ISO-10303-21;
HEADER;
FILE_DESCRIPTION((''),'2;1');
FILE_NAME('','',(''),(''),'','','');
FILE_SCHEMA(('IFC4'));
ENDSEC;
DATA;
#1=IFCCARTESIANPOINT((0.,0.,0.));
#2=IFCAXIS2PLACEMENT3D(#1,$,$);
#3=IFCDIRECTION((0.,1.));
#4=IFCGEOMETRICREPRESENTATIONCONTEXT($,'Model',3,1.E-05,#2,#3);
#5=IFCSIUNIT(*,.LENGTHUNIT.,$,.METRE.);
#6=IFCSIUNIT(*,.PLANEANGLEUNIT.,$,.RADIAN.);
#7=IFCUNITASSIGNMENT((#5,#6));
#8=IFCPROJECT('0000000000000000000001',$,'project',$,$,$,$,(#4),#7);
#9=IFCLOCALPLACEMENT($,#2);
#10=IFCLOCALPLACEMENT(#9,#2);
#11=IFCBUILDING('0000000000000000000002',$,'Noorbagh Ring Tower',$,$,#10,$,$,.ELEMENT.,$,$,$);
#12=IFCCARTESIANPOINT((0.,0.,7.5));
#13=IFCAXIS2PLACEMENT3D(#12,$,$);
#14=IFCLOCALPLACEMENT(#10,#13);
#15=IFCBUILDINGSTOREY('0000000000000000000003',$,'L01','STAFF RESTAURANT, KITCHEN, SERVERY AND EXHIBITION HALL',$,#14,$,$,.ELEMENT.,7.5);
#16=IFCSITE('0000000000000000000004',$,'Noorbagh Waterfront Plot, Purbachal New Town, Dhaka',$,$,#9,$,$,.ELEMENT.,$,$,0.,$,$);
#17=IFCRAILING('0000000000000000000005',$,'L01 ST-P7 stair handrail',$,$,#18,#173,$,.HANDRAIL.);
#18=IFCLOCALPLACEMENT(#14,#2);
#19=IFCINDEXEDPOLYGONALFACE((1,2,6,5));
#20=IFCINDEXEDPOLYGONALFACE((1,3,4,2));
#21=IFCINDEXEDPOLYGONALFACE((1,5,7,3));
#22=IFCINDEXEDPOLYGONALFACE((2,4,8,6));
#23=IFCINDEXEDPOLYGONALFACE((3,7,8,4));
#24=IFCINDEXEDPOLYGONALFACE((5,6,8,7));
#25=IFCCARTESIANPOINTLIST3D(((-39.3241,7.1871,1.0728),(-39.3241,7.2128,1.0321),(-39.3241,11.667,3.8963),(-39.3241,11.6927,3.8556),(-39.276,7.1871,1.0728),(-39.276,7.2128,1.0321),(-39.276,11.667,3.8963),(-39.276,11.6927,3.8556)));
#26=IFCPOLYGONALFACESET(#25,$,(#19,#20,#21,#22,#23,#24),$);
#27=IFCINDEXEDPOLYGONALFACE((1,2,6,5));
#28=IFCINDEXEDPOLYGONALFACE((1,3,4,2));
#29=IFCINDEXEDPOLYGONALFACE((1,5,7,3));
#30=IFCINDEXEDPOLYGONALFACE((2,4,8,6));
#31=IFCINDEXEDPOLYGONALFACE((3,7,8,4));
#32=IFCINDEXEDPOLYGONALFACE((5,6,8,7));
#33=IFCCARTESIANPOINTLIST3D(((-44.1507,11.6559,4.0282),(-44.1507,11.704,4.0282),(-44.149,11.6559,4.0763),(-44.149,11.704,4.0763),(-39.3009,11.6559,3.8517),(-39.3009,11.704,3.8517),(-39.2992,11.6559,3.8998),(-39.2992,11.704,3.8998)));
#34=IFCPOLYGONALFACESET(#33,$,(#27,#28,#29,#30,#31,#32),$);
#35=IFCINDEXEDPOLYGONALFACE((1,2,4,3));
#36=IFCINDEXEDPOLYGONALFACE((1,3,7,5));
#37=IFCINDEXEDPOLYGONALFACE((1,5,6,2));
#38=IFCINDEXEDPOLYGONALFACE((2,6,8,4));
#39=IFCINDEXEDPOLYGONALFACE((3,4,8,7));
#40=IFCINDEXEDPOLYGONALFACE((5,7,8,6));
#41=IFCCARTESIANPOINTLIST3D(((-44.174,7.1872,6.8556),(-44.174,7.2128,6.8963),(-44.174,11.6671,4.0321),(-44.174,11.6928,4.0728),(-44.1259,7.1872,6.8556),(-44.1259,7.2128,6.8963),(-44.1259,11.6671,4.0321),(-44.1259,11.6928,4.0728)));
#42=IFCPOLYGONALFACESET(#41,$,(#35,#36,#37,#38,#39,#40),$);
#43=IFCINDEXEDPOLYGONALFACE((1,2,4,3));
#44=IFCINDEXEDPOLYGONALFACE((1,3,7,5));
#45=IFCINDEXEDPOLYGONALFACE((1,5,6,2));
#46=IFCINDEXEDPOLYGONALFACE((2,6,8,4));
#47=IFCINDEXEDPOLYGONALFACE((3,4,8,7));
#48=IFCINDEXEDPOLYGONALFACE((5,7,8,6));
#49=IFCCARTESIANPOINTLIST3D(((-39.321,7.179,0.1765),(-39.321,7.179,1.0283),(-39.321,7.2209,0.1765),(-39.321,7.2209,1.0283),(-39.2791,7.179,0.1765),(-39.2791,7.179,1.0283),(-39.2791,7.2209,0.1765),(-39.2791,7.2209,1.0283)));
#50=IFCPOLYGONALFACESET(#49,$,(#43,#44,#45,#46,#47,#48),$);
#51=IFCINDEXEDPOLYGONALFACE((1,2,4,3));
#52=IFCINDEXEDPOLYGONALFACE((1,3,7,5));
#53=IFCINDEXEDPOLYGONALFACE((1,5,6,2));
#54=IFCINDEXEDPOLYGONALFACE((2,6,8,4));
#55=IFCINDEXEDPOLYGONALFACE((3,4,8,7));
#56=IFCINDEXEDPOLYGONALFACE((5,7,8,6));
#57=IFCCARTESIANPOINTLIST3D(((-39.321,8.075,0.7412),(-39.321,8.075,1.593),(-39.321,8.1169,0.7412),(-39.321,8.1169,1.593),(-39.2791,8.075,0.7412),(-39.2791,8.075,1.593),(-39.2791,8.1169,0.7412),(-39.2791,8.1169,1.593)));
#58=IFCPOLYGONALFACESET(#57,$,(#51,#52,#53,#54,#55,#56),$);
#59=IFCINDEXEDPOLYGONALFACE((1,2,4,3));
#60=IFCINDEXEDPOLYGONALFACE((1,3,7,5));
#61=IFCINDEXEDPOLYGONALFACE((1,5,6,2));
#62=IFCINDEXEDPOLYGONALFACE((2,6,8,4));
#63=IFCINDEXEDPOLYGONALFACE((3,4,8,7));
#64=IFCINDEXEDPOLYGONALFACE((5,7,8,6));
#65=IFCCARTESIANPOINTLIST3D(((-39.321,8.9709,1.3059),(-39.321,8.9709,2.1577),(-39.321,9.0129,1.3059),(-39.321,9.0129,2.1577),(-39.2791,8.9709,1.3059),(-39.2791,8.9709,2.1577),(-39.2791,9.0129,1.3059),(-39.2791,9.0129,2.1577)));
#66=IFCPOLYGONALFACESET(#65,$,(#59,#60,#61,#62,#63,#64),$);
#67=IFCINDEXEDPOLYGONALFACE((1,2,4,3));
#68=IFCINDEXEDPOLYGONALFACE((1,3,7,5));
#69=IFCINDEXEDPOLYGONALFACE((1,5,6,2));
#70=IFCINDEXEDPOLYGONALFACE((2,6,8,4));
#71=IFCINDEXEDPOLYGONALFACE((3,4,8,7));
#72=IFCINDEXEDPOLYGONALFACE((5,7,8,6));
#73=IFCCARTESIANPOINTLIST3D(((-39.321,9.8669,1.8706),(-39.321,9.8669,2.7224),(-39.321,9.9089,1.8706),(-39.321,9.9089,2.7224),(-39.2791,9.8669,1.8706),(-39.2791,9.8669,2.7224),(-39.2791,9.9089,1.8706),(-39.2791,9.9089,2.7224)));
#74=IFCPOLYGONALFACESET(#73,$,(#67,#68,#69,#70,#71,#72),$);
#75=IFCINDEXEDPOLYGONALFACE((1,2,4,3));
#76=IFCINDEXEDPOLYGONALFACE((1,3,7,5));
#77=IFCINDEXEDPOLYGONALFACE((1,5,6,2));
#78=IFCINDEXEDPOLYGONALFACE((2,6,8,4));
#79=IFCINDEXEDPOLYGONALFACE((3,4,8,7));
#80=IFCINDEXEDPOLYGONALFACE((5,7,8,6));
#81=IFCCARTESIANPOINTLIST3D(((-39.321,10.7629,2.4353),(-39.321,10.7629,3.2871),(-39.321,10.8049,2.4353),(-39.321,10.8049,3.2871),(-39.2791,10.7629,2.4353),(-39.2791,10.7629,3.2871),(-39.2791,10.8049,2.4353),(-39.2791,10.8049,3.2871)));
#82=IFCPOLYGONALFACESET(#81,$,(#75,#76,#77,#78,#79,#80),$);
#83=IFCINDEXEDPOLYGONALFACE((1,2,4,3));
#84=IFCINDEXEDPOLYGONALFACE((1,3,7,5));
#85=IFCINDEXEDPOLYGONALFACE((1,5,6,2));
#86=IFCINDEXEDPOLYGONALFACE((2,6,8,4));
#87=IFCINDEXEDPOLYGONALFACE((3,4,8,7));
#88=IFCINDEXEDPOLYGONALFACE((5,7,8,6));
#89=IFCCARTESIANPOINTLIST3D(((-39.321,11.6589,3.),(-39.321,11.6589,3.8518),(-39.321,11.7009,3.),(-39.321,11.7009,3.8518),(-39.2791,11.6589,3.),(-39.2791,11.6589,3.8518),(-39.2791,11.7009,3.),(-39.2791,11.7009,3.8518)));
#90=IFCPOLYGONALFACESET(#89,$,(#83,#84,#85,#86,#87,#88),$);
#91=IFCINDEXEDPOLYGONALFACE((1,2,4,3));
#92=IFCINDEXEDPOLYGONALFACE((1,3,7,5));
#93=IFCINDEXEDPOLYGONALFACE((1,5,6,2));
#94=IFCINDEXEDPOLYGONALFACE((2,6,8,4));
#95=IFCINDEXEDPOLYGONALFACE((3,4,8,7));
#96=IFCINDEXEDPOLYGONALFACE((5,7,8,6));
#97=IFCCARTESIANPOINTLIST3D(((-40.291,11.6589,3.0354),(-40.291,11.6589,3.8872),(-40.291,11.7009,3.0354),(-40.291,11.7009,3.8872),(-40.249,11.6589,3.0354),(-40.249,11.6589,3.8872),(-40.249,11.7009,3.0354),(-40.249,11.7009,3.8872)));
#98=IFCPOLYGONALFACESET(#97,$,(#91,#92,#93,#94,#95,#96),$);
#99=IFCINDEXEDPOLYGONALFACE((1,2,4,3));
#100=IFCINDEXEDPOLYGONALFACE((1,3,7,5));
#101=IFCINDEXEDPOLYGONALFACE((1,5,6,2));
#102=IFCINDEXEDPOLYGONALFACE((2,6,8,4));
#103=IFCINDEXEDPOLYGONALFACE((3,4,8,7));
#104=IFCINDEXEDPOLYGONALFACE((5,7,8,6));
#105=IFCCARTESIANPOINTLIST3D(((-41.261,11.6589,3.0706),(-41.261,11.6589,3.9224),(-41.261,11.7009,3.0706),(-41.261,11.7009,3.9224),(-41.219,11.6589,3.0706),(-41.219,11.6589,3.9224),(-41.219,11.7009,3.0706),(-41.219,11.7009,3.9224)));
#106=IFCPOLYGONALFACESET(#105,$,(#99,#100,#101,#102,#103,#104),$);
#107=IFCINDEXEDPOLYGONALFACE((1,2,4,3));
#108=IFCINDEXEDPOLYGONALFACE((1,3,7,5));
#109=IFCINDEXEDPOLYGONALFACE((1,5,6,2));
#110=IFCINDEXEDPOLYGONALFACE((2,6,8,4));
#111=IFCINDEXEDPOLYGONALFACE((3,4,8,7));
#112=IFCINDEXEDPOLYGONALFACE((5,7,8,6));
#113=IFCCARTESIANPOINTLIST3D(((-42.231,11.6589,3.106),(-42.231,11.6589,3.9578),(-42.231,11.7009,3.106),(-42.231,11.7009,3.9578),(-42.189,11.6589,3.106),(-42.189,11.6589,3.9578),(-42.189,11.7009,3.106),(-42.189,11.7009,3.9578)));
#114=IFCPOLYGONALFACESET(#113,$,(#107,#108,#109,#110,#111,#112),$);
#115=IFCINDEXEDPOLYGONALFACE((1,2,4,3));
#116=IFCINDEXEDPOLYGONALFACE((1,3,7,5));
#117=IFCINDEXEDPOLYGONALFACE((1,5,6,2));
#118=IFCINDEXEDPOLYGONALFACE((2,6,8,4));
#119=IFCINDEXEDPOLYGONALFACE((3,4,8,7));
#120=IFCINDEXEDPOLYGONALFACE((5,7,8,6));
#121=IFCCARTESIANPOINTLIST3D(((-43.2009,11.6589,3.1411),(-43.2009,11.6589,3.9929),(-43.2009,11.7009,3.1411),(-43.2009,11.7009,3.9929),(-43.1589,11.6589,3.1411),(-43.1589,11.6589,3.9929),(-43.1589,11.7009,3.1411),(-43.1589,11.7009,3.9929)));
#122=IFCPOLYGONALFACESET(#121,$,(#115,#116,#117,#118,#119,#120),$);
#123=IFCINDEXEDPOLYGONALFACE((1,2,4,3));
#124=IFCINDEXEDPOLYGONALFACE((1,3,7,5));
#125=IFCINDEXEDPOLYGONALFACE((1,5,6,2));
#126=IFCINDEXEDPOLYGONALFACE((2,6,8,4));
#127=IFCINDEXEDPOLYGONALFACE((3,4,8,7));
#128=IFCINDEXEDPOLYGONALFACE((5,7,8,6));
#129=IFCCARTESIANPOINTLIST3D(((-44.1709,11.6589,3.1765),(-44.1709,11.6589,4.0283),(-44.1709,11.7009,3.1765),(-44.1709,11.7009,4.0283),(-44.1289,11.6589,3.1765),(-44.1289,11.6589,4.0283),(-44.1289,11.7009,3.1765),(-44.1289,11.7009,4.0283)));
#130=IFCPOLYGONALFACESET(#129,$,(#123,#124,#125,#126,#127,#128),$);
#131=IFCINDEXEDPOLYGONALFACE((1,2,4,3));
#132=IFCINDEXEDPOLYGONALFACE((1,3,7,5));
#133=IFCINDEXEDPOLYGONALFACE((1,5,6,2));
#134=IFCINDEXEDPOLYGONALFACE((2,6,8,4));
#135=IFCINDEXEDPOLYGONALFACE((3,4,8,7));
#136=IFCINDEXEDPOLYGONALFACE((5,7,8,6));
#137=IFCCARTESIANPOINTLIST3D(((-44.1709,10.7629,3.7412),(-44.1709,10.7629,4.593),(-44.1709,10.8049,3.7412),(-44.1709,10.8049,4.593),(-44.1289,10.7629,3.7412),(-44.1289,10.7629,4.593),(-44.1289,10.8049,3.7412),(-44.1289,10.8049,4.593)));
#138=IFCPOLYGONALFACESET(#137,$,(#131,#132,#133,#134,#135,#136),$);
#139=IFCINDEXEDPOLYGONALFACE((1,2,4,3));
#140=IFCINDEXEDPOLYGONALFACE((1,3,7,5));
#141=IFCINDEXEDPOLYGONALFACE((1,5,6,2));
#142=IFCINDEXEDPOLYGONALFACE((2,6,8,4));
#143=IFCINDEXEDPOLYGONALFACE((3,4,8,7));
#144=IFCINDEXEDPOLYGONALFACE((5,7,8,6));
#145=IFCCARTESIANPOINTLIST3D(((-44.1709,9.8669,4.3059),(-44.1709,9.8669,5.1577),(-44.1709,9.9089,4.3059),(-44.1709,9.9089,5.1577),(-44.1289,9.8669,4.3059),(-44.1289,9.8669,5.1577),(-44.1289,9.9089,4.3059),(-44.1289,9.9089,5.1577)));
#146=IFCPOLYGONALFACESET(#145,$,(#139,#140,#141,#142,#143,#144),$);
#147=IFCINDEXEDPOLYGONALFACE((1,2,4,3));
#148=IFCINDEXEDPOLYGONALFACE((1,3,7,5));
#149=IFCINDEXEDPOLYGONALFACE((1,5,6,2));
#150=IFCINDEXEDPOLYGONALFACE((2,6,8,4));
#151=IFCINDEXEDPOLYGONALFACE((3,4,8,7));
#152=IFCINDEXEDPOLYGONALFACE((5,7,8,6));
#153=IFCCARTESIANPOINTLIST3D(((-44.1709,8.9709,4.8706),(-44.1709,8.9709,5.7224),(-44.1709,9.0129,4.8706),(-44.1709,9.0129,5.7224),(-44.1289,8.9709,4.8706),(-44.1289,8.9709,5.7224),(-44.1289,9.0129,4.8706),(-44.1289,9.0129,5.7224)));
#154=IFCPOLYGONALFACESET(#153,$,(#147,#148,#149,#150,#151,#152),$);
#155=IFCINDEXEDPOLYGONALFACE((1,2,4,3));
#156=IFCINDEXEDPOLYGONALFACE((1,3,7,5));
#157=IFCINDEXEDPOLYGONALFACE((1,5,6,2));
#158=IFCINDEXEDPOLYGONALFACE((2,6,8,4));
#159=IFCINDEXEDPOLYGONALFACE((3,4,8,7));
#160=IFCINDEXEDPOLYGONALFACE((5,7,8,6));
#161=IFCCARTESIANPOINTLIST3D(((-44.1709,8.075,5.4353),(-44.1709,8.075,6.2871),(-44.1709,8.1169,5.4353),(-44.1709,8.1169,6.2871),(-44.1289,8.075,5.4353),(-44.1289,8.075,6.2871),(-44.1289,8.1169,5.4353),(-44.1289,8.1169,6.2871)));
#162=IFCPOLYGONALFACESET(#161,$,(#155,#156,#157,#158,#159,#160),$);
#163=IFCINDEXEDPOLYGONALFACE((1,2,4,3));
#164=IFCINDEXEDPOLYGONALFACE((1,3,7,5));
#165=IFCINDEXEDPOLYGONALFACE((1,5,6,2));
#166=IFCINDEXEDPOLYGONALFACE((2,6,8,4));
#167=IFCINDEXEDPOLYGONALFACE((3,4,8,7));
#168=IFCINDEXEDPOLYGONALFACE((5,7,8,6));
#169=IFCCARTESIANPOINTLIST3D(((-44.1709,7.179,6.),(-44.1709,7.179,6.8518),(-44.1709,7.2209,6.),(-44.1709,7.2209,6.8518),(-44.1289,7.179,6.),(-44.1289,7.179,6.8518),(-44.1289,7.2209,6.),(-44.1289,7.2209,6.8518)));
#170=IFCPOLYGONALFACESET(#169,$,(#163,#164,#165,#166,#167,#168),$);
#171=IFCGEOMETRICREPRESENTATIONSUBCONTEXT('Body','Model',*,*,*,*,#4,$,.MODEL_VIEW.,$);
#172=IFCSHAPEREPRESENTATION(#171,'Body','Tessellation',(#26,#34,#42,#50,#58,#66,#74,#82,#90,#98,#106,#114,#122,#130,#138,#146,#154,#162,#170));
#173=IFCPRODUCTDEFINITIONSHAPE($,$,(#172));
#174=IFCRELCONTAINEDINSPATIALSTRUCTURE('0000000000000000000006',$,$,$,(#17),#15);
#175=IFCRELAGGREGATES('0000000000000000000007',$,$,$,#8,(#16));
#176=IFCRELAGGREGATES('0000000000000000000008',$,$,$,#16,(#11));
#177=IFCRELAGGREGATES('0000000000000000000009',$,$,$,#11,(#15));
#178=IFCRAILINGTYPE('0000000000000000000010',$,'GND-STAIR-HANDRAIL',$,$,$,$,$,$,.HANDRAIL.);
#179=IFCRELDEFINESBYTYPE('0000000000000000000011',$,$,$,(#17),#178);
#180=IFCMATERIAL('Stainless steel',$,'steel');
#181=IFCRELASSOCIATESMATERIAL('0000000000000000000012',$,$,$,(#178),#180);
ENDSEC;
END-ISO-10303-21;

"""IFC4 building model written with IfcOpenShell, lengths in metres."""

from ifc_helpers import new_model, si_unit, direction, frame, origin, origin_2d, place, context, subcontext, project, spatial, rectangle, extrude, material, type_object, element, save


model = new_model("IFC4")

# Units and contexts
model_context = context("Model", 3, precision=1e-05, world=origin(), true_north=direction((0.0, 1.0)))
body_context = subcontext(model_context, "Body", "Model", "MODEL_VIEW")
ifc_project = project(units=[si_unit("LENGTHUNIT", "METRE"), si_unit("PLANEANGLEUNIT", "RADIAN")], contexts=[model_context])

# Site, building, storey
site_placement = place(None, origin())
site = spatial("IfcSite", under=ifc_project, at=site_placement, Name="Noorbagh Waterfront Plot, Purbachal New Town, Dhaka", CompositionType="ELEMENT", RefElevation=0.0)
building_placement = place(site_placement, origin())
building = spatial("IfcBuilding", under=site, at=building_placement, Name="Noorbagh Ring Tower", CompositionType="ELEMENT")
storey_placement = place(building_placement, frame((0.0, 0.0, 7.5)))
storey = spatial("IfcBuildingStorey", under=building, at=storey_placement, Name="L01", Description="STAFF RESTAURANT, KITCHEN, SERVERY AND EXHIBITION HALL", CompositionType="ELEMENT", Elevation=7.5)

# Railing
ifc_material_1 = material(Name="Stainless steel", Category="steel")
railing_type_1 = type_object("IfcRailingType", Name="GND-STAIR-HANDRAIL", PredefinedType="HANDRAIL", material=ifc_material_1)
railing_1_placement = place(storey_placement, frame((-39.3, 7.2, 0.1765)))
element("IfcRailing", 1, at=railing_1_placement, inside=storey, type_object=railing_type_1, Name="L01 ST-P7 stair handrail", PredefinedType="HANDRAIL", context=body_context, shape_type="SweptSolid", body=[
    extrude(rectangle(XDim=0.0481, YDim=0.0481, at=origin_2d()), frame((0.0, 0.0, 0.876), z_axis=(0.0, 0.845998, 0.533186), x_axis=(-1.0, 0.0, 0.0)), (0.0, 0.0, 1.0), 5.2954),
    extrude(rectangle(XDim=0.0481, YDim=0.0481, at=origin_2d()), frame((0.0, 4.48, 3.6992), z_axis=(-0.999338, 0.0, 0.036372), x_axis=(0.0, -1.0, 0.0)), (0.0, 0.0, 1.0), 4.853),
    extrude(rectangle(XDim=0.0481, YDim=0.0481, at=origin_2d()), frame((-4.8499, 4.48, 3.876), z_axis=(0.0, -0.845998, 0.533186), x_axis=(1.0, 0.0, 0.0)), (0.0, 0.0, 1.0), 5.2954),
    extrude(rectangle(XDim=0.042, YDim=0.042, at=origin_2d()), origin(), (0.0, 0.0, 1.0), 0.8518),
    extrude(rectangle(XDim=0.042, YDim=0.042, at=origin_2d()), frame((0.0, 0.896, 0.5647)), (0.0, 0.0, 1.0), 0.8518),
    extrude(rectangle(XDim=0.042, YDim=0.042, at=origin_2d()), frame((0.0, 1.792, 1.1294)), (0.0, 0.0, 1.0), 0.8518),
    extrude(rectangle(XDim=0.042, YDim=0.042, at=origin_2d()), frame((0.0, 2.688, 1.6941)), (0.0, 0.0, 1.0), 0.8518),
    extrude(rectangle(XDim=0.042, YDim=0.042, at=origin_2d()), frame((0.0, 3.584, 2.2588)), (0.0, 0.0, 1.0), 0.8518),
    extrude(rectangle(XDim=0.042, YDim=0.042, at=origin_2d()), frame((0.0, 4.48, 2.8235)), (0.0, 0.0, 1.0), 0.8518),
    extrude(rectangle(XDim=0.042, YDim=0.042, at=origin_2d()), frame((-0.97, 4.48, 2.8589)), (0.0, 0.0, 1.0), 0.8518),
    extrude(rectangle(XDim=0.042, YDim=0.042, at=origin_2d()), frame((-1.9399, 4.48, 2.894)), (0.0, 0.0, 1.0), 0.8518),
    extrude(rectangle(XDim=0.042, YDim=0.042, at=origin_2d()), frame((-2.9099, 4.48, 2.9294)), (0.0, 0.0, 1.0), 0.8518),
    extrude(rectangle(XDim=0.042, YDim=0.042, at=origin_2d()), frame((-3.8799, 4.48, 2.9646)), (0.0, 0.0, 1.0), 0.8518),
    extrude(rectangle(XDim=0.042, YDim=0.042, at=origin_2d()), frame((-4.8499, 4.48, 3.0)), (0.0, 0.0, 1.0), 0.8518),
    extrude(rectangle(XDim=0.042, YDim=0.042, at=origin_2d()), frame((-4.8499, 3.584, 3.5647)), (0.0, 0.0, 1.0), 0.8518),
    extrude(rectangle(XDim=0.042, YDim=0.042, at=origin_2d()), frame((-4.8499, 2.688, 4.1294)), (0.0, 0.0, 1.0), 0.8518),
    extrude(rectangle(XDim=0.042, YDim=0.042, at=origin_2d()), frame((-4.8499, 1.792, 4.6941)), (0.0, 0.0, 1.0), 0.8518),
    extrude(rectangle(XDim=0.042, YDim=0.042, at=origin_2d()), frame((-4.8499, 0.896, 5.2588)), (0.0, 0.0, 1.0), 0.8518),
    extrude(rectangle(XDim=0.042, YDim=0.042, at=origin_2d()), frame((-4.8499, 0.0, 5.8235)), (0.0, 0.0, 1.0), 0.8518),
])

save(model, "model.ifc")
